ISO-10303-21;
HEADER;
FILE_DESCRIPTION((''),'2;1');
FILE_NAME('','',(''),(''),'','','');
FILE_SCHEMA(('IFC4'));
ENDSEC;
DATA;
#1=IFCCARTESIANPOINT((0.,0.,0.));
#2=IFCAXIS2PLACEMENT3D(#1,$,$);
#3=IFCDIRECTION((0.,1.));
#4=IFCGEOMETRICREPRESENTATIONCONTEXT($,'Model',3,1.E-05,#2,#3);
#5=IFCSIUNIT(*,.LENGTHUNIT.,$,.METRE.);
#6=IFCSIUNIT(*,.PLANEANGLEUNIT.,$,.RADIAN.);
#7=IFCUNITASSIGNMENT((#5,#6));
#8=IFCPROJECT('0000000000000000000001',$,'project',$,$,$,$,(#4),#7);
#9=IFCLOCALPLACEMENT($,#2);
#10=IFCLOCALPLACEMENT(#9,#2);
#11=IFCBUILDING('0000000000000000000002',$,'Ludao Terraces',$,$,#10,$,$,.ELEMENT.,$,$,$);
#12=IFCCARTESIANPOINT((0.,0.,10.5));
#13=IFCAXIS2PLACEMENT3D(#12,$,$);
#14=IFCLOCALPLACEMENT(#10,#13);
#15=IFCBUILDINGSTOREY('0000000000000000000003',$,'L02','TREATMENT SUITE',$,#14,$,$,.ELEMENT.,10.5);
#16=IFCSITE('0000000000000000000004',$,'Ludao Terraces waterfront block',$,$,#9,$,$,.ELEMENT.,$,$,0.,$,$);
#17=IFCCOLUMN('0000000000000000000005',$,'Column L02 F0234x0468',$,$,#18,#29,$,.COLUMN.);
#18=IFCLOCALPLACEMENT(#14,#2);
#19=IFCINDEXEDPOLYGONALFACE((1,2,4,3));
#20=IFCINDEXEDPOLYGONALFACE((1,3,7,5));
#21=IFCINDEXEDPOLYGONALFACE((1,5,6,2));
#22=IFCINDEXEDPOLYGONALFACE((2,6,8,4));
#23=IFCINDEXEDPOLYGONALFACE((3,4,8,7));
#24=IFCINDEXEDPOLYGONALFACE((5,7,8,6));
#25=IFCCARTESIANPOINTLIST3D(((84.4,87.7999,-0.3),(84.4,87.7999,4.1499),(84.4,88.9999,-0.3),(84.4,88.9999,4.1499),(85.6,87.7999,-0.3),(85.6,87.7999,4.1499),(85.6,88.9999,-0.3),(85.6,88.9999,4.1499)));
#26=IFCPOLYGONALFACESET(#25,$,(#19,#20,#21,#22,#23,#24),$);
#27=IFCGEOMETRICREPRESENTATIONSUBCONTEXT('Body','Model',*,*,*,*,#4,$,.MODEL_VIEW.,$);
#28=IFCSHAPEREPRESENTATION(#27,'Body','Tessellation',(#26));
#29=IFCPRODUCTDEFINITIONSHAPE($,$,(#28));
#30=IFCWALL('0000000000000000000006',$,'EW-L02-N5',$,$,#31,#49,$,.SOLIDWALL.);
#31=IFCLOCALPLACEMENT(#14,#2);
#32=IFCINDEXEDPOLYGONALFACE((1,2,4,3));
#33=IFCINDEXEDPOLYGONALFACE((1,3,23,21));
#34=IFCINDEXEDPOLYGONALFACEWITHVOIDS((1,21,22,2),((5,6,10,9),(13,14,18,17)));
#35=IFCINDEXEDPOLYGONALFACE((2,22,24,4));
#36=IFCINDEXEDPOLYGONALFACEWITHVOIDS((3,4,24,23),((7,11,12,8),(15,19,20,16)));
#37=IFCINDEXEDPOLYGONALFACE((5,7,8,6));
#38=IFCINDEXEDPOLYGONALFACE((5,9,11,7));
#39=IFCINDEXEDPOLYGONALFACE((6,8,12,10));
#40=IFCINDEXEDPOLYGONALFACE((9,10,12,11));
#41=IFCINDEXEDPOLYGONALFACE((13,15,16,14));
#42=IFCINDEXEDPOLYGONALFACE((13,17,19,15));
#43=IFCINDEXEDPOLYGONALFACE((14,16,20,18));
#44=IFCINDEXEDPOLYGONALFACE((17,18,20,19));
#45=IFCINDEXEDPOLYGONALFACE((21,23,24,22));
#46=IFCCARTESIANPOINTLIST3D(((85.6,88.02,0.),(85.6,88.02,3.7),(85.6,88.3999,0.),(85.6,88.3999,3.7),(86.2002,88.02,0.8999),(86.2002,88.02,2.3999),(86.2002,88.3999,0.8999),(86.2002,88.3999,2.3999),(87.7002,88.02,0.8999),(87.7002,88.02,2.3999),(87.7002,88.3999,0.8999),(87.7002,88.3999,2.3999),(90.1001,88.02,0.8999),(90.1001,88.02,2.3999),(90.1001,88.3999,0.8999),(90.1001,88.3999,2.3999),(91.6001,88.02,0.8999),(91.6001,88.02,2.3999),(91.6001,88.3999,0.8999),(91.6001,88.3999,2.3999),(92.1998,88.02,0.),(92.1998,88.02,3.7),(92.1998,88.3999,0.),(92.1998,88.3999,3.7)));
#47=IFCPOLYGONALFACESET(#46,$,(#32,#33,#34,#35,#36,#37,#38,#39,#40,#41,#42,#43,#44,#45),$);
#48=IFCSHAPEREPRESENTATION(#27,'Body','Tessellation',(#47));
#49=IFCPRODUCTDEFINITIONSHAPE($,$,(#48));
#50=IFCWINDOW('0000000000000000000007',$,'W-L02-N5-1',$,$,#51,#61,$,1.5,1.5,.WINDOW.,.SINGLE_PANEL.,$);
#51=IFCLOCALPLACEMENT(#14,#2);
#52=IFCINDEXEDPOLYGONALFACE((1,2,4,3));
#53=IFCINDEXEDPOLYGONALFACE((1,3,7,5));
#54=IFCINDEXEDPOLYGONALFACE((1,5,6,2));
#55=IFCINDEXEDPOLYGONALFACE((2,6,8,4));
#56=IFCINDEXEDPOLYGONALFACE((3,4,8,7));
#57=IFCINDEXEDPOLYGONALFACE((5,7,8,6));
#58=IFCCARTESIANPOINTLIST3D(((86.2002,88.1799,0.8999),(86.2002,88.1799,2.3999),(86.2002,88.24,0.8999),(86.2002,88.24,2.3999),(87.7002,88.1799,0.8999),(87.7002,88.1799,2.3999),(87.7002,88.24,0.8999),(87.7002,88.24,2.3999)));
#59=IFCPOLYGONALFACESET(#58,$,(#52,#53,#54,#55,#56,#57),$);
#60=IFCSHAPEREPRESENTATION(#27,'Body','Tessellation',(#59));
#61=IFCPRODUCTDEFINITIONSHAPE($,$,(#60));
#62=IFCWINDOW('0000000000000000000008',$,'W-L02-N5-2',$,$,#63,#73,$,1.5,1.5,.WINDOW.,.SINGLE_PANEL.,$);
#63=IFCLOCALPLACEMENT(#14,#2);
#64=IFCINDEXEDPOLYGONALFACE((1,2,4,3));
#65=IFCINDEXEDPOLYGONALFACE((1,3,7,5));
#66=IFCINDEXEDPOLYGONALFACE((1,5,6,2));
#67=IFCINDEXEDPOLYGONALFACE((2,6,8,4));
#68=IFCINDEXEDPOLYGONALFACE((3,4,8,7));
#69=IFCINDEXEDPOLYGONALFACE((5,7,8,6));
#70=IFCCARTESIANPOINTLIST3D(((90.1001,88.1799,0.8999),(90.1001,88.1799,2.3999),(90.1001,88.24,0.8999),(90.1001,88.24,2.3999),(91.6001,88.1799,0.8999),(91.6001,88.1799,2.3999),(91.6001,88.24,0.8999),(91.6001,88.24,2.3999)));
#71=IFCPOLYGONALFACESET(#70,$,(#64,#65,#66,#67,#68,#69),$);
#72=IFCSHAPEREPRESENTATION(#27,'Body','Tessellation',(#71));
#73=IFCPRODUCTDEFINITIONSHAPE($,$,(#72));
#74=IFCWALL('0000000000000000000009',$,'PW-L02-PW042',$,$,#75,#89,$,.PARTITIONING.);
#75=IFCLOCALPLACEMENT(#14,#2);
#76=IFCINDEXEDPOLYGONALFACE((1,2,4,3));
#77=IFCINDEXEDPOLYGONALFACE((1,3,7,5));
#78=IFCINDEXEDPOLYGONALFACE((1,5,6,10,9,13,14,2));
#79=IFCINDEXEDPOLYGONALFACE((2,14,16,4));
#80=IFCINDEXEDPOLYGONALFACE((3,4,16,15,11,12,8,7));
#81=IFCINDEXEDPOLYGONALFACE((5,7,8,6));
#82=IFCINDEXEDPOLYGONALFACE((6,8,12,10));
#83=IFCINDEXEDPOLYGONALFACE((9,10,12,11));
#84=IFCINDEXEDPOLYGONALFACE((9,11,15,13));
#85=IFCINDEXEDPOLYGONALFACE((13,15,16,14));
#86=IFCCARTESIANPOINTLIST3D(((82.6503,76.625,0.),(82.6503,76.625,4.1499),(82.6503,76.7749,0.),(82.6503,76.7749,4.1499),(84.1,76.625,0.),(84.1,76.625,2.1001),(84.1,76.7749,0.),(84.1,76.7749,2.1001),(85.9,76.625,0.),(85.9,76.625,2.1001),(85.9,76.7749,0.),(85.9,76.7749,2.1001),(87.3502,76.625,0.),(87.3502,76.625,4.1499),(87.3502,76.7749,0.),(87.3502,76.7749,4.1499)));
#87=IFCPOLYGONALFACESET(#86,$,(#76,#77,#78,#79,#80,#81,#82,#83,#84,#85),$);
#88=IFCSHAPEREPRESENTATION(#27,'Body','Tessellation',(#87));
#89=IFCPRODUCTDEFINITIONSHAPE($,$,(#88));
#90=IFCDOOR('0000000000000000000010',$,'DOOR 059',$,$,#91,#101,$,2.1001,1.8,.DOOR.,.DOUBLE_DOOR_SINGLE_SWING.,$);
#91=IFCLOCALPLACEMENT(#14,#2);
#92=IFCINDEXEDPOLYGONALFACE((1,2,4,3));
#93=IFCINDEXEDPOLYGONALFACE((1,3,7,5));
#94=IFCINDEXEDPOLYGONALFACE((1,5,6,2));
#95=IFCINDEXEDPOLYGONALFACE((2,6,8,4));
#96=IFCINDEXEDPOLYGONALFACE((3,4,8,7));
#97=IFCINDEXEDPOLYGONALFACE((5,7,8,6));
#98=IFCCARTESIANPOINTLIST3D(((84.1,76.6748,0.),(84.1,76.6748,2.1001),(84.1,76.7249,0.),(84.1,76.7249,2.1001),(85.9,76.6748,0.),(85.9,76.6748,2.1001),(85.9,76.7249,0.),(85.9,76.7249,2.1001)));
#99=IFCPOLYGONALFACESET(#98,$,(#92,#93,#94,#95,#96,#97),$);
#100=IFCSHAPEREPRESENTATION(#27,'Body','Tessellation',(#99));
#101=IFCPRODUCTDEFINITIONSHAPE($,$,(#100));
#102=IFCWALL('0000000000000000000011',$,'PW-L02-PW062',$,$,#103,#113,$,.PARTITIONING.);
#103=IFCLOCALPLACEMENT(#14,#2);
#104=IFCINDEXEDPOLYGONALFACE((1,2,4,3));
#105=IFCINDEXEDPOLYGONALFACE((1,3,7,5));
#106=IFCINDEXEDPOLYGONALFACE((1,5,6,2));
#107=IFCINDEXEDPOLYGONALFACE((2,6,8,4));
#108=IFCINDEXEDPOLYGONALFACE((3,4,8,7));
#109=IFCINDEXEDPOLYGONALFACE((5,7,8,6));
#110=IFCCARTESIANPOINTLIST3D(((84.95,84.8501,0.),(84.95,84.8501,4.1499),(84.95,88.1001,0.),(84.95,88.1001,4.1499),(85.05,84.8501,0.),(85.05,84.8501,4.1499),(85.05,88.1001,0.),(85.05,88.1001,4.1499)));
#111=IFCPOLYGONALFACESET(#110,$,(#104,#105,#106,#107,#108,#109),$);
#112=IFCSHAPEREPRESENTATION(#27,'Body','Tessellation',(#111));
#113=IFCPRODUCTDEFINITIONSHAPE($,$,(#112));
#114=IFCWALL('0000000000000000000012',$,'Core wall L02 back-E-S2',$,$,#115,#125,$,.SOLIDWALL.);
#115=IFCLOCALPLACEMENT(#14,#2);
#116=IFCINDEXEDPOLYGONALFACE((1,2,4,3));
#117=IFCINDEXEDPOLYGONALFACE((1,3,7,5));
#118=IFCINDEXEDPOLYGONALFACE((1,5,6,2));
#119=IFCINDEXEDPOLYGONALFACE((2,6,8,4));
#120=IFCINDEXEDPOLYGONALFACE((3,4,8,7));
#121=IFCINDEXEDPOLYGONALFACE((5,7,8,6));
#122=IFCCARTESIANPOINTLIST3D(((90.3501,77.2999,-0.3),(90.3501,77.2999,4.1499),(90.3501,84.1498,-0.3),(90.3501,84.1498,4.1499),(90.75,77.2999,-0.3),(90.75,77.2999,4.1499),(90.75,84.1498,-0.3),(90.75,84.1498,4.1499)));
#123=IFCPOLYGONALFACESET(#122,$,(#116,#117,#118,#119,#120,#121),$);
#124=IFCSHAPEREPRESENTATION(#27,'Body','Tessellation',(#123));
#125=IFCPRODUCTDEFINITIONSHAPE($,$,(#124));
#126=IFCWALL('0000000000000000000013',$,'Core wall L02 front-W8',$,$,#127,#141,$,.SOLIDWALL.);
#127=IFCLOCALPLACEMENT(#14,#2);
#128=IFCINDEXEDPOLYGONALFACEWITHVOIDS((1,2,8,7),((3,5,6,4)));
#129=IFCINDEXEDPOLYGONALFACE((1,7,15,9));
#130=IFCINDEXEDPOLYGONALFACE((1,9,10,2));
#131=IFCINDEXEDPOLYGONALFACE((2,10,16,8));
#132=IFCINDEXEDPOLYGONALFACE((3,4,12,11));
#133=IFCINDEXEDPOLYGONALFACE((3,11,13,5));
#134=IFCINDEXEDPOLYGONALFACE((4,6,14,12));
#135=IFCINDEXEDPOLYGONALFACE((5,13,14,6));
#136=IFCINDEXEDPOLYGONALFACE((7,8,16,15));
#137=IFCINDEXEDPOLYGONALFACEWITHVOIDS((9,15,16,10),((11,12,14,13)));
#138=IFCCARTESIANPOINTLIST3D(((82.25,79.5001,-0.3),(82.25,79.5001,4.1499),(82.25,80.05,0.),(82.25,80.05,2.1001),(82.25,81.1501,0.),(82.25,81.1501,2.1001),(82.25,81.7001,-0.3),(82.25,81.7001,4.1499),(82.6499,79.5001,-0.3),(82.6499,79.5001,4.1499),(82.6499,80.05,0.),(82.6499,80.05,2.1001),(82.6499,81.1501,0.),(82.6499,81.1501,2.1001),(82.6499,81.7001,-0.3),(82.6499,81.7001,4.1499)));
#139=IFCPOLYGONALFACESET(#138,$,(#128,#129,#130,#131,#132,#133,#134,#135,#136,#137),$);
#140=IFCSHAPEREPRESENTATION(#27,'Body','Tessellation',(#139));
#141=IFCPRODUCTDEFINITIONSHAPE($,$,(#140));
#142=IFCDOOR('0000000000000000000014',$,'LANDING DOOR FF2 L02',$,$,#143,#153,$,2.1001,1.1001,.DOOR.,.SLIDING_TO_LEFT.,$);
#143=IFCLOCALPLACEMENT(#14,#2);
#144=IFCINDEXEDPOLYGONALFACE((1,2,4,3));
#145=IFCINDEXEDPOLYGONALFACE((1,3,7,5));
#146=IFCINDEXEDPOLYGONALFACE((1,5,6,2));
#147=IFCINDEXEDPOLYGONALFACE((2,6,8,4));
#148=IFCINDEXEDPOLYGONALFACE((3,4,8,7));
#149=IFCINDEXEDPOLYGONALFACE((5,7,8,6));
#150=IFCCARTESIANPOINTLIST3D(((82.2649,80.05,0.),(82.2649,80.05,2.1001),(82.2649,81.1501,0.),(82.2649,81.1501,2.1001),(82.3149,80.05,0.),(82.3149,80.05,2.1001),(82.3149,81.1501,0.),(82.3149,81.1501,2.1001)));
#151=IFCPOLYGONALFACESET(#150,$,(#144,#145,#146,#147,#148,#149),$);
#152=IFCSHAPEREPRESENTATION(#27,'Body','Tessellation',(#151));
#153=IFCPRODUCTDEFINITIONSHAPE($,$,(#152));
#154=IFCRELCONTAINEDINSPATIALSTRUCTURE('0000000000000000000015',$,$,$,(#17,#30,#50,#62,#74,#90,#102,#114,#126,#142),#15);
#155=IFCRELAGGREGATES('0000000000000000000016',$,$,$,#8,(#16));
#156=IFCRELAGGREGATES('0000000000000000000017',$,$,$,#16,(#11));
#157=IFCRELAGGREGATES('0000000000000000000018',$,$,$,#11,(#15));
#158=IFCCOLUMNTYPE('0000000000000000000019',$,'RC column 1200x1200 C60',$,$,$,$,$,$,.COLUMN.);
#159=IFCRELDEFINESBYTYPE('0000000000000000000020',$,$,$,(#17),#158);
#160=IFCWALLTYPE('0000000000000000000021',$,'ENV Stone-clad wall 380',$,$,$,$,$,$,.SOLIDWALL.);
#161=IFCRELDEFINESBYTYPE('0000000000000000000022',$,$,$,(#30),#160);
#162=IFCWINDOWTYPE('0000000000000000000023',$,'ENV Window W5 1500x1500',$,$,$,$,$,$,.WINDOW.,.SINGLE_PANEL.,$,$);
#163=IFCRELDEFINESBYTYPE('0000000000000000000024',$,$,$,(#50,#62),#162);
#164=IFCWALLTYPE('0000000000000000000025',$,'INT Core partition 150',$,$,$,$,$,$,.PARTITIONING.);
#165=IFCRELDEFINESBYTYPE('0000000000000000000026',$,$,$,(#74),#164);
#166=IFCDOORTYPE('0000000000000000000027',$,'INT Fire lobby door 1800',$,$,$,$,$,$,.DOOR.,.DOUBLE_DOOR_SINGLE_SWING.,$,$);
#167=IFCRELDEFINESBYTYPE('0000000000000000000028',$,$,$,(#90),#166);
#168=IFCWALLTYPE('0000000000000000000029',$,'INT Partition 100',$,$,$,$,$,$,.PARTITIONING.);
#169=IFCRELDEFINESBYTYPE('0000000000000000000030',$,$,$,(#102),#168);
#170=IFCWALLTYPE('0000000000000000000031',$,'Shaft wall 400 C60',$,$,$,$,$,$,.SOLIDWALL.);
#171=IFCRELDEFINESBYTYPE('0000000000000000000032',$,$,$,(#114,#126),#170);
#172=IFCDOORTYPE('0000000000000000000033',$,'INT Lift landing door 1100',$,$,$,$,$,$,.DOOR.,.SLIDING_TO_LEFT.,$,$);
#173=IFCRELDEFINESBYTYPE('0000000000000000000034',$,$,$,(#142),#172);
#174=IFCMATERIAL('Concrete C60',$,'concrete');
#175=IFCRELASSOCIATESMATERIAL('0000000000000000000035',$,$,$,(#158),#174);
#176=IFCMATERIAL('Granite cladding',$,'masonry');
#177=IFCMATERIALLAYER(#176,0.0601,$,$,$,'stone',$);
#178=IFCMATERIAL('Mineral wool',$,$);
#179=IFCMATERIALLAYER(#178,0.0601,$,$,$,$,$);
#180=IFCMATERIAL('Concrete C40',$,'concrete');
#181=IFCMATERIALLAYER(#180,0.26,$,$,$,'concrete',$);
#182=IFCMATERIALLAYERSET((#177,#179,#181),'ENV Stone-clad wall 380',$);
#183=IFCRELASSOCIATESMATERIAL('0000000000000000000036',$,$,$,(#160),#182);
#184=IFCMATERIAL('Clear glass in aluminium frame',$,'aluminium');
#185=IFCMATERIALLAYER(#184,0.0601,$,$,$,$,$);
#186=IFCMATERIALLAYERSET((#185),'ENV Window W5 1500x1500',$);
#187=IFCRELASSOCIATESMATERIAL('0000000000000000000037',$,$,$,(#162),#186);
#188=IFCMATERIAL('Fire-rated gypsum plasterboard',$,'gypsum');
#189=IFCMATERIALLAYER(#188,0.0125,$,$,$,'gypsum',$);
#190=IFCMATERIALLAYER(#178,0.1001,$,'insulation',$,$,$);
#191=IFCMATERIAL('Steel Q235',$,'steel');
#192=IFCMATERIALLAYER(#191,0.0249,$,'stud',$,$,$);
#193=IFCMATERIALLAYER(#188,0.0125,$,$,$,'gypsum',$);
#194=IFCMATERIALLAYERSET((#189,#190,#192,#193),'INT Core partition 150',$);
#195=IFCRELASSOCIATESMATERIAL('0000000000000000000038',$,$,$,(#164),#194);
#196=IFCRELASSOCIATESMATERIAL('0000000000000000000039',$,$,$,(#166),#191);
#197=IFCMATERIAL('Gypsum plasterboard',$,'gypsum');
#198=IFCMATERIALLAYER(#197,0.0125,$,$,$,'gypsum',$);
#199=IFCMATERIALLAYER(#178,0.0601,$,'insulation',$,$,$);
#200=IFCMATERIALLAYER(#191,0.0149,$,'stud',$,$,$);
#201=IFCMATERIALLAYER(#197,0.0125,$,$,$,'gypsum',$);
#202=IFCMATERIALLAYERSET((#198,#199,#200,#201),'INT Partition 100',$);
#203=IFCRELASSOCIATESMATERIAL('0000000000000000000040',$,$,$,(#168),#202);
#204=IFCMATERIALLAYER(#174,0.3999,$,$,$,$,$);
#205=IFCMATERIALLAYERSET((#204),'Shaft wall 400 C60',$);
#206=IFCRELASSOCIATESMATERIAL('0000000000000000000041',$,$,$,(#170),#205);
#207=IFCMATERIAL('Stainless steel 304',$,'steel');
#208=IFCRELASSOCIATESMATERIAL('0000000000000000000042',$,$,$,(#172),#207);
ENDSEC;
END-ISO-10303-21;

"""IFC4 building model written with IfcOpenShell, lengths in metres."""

from ifc_helpers import new_model, si_unit, direction, frame, frame_2d, origin, origin_2d, place, context, subcontext, project, spatial, rectangle, extrude, material, layer, layer_set, material_profile, profile_set, type_object, element, fill, save


model = new_model("IFC4")

# Units and contexts
model_context = context("Model", 3, precision=1e-05, world=origin(), true_north=direction((0.0, 1.0)))
body_context = subcontext(model_context, "Body", "Model", "MODEL_VIEW")
ifc_project = project(units=[si_unit("LENGTHUNIT", "METRE"), si_unit("PLANEANGLEUNIT", "RADIAN")], contexts=[model_context])

# Site, building, storey
site_placement = place(None, origin())
site = spatial("IfcSite", under=ifc_project, at=site_placement, Name="Ludao Terraces waterfront block", CompositionType="ELEMENT", RefElevation=0.0)
building_placement = place(site_placement, origin())
building = spatial("IfcBuilding", under=site, at=building_placement, Name="Ludao Terraces", CompositionType="ELEMENT")
storey_placement = place(building_placement, frame((0.0, 0.0, 10.5)))
storey = spatial("IfcBuildingStorey", under=building, at=storey_placement, Name="L02", Description="TREATMENT SUITE", CompositionType="ELEMENT", Elevation=10.5)

# Column
ifc_material_1 = material(Name="Concrete C60", Category="concrete")
ifc_material_profile = material_profile(ifc_material_1, rectangle(XDim=1.2, YDim=1.2, at=origin_2d()), Name="1200 X 1200")
ifc_profile_set = profile_set([ifc_material_profile], Name="Concrete C60")
column_type = type_object("IfcColumnType", Name="RC column 1200x1200 C60", PredefinedType="COLUMN", material=ifc_profile_set)
column_placement = place(storey_placement, frame((85.0, 88.3999, -0.3), z_axis=(0.0, 0.0, 1.0), x_axis=(1.0, 0.0, 0.0)))
element("IfcColumn", 1, at=column_placement, inside=storey, type_object=column_type, Name="Column L02 F0234x0468", PredefinedType="COLUMN", context=body_context, shape_type="SweptSolid", body=[
    extrude(rectangle(XDim=1.2, YDim=1.2, at=origin_2d()), origin(), (0.0, 0.0, 1.0), 4.45),
])

# Wall, openings, windows
ifc_material_2 = material(Name="Granite cladding", Category="masonry")
ifc_layer_1 = layer(ifc_material_2, 0.0601, Category="stone")
ifc_material_3 = material(Name="Mineral wool")
ifc_layer_2 = layer(ifc_material_3, 0.0601)
ifc_material_4 = material(Name="Concrete C40", Category="concrete")
ifc_layer_3 = layer(ifc_material_4, 0.26, Category="concrete")
ifc_layer_set_1 = layer_set([ifc_layer_1, ifc_layer_2, ifc_layer_3], Name="ENV Stone-clad wall 380")
wall_type_1 = type_object("IfcWallType", Name="ENV Stone-clad wall 380", PredefinedType="SOLIDWALL", material=ifc_layer_set_1)
wall_1_placement = place(storey_placement, frame((85.6001, 88.21, 0.0), z_axis=(0.0, 0.0, 1.0), x_axis=(1.0, 0.0, 0.0)))
wall_1 = element("IfcWall", 2, at=wall_1_placement, inside=storey, type_object=wall_type_1, Name="EW-L02-N5", PredefinedType="SOLIDWALL", context=body_context, shape_type="SweptSolid", body=[
    extrude(rectangle(XDim=6.5999, YDim=0.3799, at=frame_2d((3.2998, 0.0))), origin(), (0.0, 0.0, 1.0), 3.7),
])
opening_1_placement = place(wall_1_placement, frame((0.6001, 0.0, 0.8999)))
opening_1 = element("IfcOpeningElement", 3, at=opening_1_placement, cuts=wall_1, PredefinedType="OPENING", context=body_context, shape_type="SweptSolid", body=[
    extrude(rectangle(XDim=1.5, YDim=1.5, at=frame_2d((0.75, 0.75))), frame((0.0, 0.2, 0.0), z_axis=(0.0, -1.0, 0.0), x_axis=(1.0, 0.0, 0.0)), (0.0, 0.0, 1.0), 0.3999),
])
opening_2_placement = place(wall_1_placement, frame((4.5, 0.0, 0.8999)))
opening_2 = element("IfcOpeningElement", 4, at=opening_2_placement, cuts=wall_1, PredefinedType="OPENING", context=body_context, shape_type="SweptSolid", body=[
    extrude(rectangle(XDim=1.5, YDim=1.5, at=frame_2d((0.75, 0.75))), frame((0.0, 0.2, 0.0), z_axis=(0.0, -1.0, 0.0), x_axis=(1.0, 0.0, 0.0)), (0.0, 0.0, 1.0), 0.3999),
])
ifc_material_5 = material(Name="Clear glass in aluminium frame", Category="aluminium")
ifc_layer_4 = layer(ifc_material_5, 0.0601)
ifc_layer_set_2 = layer_set([ifc_layer_4], Name="ENV Window W5 1500x1500")
window_type = type_object("IfcWindowType", Name="ENV Window W5 1500x1500", PartitioningType="SINGLE_PANEL", PredefinedType="WINDOW", material=ifc_layer_set_2)
window_1_placement = place(opening_1_placement, origin())
window_1 = element("IfcWindow", 5, at=window_1_placement, inside=storey, type_object=window_type, Name="W-L02-N5-1", OverallHeight=1.5, OverallWidth=1.5, PartitioningType="SINGLE_PANEL", PredefinedType="WINDOW", context=body_context, shape_type="SweptSolid", body=[
    extrude(rectangle(XDim=1.5, YDim=1.5, at=frame_2d((0.75, 0.75))), frame((0.0, 0.03, 0.0), z_axis=(0.0, -1.0, 0.0), x_axis=(1.0, 0.0, 0.0)), (0.0, 0.0, 1.0), 0.0601),
])
fill(opening_1, window_1)
window_2_placement = place(opening_2_placement, origin())
window_2 = element("IfcWindow", 6, at=window_2_placement, inside=storey, type_object=window_type, Name="W-L02-N5-2", OverallHeight=1.5, OverallWidth=1.5, PartitioningType="SINGLE_PANEL", PredefinedType="WINDOW", context=body_context, shape_type="SweptSolid", body=[
    extrude(rectangle(XDim=1.5, YDim=1.5, at=frame_2d((0.75, 0.75))), frame((0.0, 0.03, 0.0), z_axis=(0.0, -1.0, 0.0), x_axis=(1.0, 0.0, 0.0)), (0.0, 0.0, 1.0), 0.0601),
])
fill(opening_2, window_2)

# Wall, opening, door
ifc_material_6 = material(Name="Fire-rated gypsum plasterboard", Category="gypsum")
ifc_layer_5 = layer(ifc_material_6, 0.0125, Category="gypsum")
ifc_layer_6 = layer(ifc_material_3, 0.1001, Name="insulation")
ifc_material_7 = material(Name="Steel Q235", Category="steel")
ifc_layer_7 = layer(ifc_material_7, 0.0249, Name="stud")
ifc_layer_8 = layer(ifc_material_6, 0.0125, Category="gypsum")
ifc_layer_set_3 = layer_set([ifc_layer_5, ifc_layer_6, ifc_layer_7, ifc_layer_8], Name="INT Core partition 150")
wall_type_2 = type_object("IfcWallType", Name="INT Core partition 150", PredefinedType="PARTITIONING", material=ifc_layer_set_3)
wall_2_placement = place(storey_placement, frame((82.6501, 76.7, 0.0), z_axis=(0.0, 0.0, 1.0), x_axis=(1.0, 0.0, 0.0)))
wall_2 = element("IfcWall", 7, at=wall_2_placement, inside=storey, type_object=wall_type_2, Name="PW-L02-PW042", PredefinedType="PARTITIONING", context=body_context, shape_type="SweptSolid", body=[
    extrude(rectangle(XDim=4.7, YDim=0.1499, at=frame_2d((2.3501, 0.0))), origin(), (0.0, 0.0, 1.0), 4.1499),
])
opening_3_placement = place(wall_2_placement, frame((1.45, 0.0, 0.0)))
opening_3 = element("IfcOpeningElement", 8, at=opening_3_placement, cuts=wall_2, PredefinedType="OPENING", context=body_context, shape_type="SweptSolid", body=[
    extrude(rectangle(XDim=1.8, YDim=2.1001, at=frame_2d((0.8999, 1.05))), frame((0.0, 0.085, 0.0), z_axis=(0.0, -1.0, 0.0), x_axis=(1.0, 0.0, 0.0)), (0.0, 0.0, 1.0), 0.1699),
])
door_type_1 = type_object("IfcDoorType", Name="INT Fire lobby door 1800", OperationType="DOUBLE_DOOR_SINGLE_SWING", PredefinedType="DOOR", material=ifc_material_7)
door_1_placement = place(opening_3_placement, origin())
door_1 = element("IfcDoor", 9, at=door_1_placement, inside=storey, type_object=door_type_1, Name="DOOR 059", OperationType="DOUBLE_DOOR_SINGLE_SWING", OverallHeight=2.1001, OverallWidth=1.8, PredefinedType="DOOR", context=body_context, shape_type="SweptSolid", body=[
    extrude(rectangle(XDim=1.8, YDim=2.1001, at=frame_2d((0.8999, 1.05))), frame((0.0, 0.0249, 0.0), z_axis=(0.0, -1.0, 0.0), x_axis=(1.0, 0.0, 0.0)), (0.0, 0.0, 1.0), 0.05),
])
fill(opening_3, door_1)

# Walls
ifc_material_8 = material(Name="Gypsum plasterboard", Category="gypsum")
ifc_layer_9 = layer(ifc_material_8, 0.0125, Category="gypsum")
ifc_layer_10 = layer(ifc_material_3, 0.0601, Name="insulation")
ifc_layer_11 = layer(ifc_material_7, 0.0149, Name="stud")
ifc_layer_12 = layer(ifc_material_8, 0.0125, Category="gypsum")
ifc_layer_set_4 = layer_set([ifc_layer_9, ifc_layer_10, ifc_layer_11, ifc_layer_12], Name="INT Partition 100")
wall_type_3 = type_object("IfcWallType", Name="INT Partition 100", PredefinedType="PARTITIONING", material=ifc_layer_set_4)
wall_3_placement = place(storey_placement, frame((85.0, 84.8501, 0.0), z_axis=(0.0, 0.0, 1.0), x_axis=(0.0, 1.0, 0.0)))
element("IfcWall", 10, at=wall_3_placement, inside=storey, type_object=wall_type_3, Name="PW-L02-PW062", PredefinedType="PARTITIONING", context=body_context, shape_type="SweptSolid", body=[
    extrude(rectangle(XDim=3.25, YDim=0.1001, at=frame_2d((1.625, 0.0))), origin(), (0.0, 0.0, 1.0), 4.1499),
])
ifc_layer_13 = layer(ifc_material_1, 0.3999)
ifc_layer_set_5 = layer_set([ifc_layer_13], Name="Shaft wall 400 C60")
wall_type_4 = type_object("IfcWallType", Name="Shaft wall 400 C60", PredefinedType="SOLIDWALL", material=ifc_layer_set_5)
wall_4_placement = place(storey_placement, frame((90.55, 77.3, -0.3), z_axis=(0.0, 0.0, 1.0), x_axis=(0.0, 1.0, 0.0)))
element("IfcWall", 11, at=wall_4_placement, inside=storey, type_object=wall_type_4, Name="Core wall L02 back-E-S2", PredefinedType="SOLIDWALL", context=body_context, shape_type="SweptSolid", body=[
    extrude(rectangle(XDim=6.8499, YDim=0.3999, at=frame_2d((3.4248, 0.0))), origin(), (0.0, 0.0, 1.0), 4.45),
])

# Wall, opening, door
wall_5_placement = place(storey_placement, frame((82.45, 79.5, -0.3), z_axis=(0.0, 0.0, 1.0), x_axis=(0.0, 1.0, 0.0)))
wall_5 = element("IfcWall", 12, at=wall_5_placement, inside=storey, type_object=wall_type_4, Name="Core wall L02 front-W8", PredefinedType="SOLIDWALL", context=body_context, shape_type="SweptSolid", body=[
    extrude(rectangle(XDim=2.2, YDim=0.3999, at=frame_2d((1.1001, 0.0))), origin(), (0.0, 0.0, 1.0), 4.45),
])
opening_4_placement = place(wall_5_placement, frame((0.55, 0.0, 0.3)))
opening_4 = element("IfcOpeningElement", 13, at=opening_4_placement, cuts=wall_5, PredefinedType="OPENING", context=body_context, shape_type="SweptSolid", body=[
    extrude(rectangle(XDim=1.1001, YDim=2.1001, at=frame_2d((0.55, 1.05))), frame((0.0, 0.21, 0.0), z_axis=(0.0, -1.0, 0.0), x_axis=(1.0, 0.0, 0.0)), (0.0, 0.0, 1.0), 0.4199),
])
ifc_material_9 = material(Name="Stainless steel 304", Category="steel")
door_type_2 = type_object("IfcDoorType", Name="INT Lift landing door 1100", OperationType="SLIDING_TO_LEFT", PredefinedType="DOOR", material=ifc_material_9)
door_2_placement = place(opening_4_placement, origin())
door_2 = element("IfcDoor", 14, at=door_2_placement, inside=storey, type_object=door_type_2, Name="LANDING DOOR FF2 L02", OperationType="SLIDING_TO_LEFT", OverallHeight=2.1001, OverallWidth=1.1001, PredefinedType="DOOR", context=body_context, shape_type="SweptSolid", body=[
    extrude(rectangle(XDim=1.1001, YDim=2.1001, at=frame_2d((0.55, 1.05))), frame((0.0, 0.1851, 0.0), z_axis=(0.0, -1.0, 0.0), x_axis=(1.0, 0.0, 0.0)), (0.0, 0.0, 1.0), 0.05),
])
fill(opening_4, door_2)

save(model, "model.ifc")
